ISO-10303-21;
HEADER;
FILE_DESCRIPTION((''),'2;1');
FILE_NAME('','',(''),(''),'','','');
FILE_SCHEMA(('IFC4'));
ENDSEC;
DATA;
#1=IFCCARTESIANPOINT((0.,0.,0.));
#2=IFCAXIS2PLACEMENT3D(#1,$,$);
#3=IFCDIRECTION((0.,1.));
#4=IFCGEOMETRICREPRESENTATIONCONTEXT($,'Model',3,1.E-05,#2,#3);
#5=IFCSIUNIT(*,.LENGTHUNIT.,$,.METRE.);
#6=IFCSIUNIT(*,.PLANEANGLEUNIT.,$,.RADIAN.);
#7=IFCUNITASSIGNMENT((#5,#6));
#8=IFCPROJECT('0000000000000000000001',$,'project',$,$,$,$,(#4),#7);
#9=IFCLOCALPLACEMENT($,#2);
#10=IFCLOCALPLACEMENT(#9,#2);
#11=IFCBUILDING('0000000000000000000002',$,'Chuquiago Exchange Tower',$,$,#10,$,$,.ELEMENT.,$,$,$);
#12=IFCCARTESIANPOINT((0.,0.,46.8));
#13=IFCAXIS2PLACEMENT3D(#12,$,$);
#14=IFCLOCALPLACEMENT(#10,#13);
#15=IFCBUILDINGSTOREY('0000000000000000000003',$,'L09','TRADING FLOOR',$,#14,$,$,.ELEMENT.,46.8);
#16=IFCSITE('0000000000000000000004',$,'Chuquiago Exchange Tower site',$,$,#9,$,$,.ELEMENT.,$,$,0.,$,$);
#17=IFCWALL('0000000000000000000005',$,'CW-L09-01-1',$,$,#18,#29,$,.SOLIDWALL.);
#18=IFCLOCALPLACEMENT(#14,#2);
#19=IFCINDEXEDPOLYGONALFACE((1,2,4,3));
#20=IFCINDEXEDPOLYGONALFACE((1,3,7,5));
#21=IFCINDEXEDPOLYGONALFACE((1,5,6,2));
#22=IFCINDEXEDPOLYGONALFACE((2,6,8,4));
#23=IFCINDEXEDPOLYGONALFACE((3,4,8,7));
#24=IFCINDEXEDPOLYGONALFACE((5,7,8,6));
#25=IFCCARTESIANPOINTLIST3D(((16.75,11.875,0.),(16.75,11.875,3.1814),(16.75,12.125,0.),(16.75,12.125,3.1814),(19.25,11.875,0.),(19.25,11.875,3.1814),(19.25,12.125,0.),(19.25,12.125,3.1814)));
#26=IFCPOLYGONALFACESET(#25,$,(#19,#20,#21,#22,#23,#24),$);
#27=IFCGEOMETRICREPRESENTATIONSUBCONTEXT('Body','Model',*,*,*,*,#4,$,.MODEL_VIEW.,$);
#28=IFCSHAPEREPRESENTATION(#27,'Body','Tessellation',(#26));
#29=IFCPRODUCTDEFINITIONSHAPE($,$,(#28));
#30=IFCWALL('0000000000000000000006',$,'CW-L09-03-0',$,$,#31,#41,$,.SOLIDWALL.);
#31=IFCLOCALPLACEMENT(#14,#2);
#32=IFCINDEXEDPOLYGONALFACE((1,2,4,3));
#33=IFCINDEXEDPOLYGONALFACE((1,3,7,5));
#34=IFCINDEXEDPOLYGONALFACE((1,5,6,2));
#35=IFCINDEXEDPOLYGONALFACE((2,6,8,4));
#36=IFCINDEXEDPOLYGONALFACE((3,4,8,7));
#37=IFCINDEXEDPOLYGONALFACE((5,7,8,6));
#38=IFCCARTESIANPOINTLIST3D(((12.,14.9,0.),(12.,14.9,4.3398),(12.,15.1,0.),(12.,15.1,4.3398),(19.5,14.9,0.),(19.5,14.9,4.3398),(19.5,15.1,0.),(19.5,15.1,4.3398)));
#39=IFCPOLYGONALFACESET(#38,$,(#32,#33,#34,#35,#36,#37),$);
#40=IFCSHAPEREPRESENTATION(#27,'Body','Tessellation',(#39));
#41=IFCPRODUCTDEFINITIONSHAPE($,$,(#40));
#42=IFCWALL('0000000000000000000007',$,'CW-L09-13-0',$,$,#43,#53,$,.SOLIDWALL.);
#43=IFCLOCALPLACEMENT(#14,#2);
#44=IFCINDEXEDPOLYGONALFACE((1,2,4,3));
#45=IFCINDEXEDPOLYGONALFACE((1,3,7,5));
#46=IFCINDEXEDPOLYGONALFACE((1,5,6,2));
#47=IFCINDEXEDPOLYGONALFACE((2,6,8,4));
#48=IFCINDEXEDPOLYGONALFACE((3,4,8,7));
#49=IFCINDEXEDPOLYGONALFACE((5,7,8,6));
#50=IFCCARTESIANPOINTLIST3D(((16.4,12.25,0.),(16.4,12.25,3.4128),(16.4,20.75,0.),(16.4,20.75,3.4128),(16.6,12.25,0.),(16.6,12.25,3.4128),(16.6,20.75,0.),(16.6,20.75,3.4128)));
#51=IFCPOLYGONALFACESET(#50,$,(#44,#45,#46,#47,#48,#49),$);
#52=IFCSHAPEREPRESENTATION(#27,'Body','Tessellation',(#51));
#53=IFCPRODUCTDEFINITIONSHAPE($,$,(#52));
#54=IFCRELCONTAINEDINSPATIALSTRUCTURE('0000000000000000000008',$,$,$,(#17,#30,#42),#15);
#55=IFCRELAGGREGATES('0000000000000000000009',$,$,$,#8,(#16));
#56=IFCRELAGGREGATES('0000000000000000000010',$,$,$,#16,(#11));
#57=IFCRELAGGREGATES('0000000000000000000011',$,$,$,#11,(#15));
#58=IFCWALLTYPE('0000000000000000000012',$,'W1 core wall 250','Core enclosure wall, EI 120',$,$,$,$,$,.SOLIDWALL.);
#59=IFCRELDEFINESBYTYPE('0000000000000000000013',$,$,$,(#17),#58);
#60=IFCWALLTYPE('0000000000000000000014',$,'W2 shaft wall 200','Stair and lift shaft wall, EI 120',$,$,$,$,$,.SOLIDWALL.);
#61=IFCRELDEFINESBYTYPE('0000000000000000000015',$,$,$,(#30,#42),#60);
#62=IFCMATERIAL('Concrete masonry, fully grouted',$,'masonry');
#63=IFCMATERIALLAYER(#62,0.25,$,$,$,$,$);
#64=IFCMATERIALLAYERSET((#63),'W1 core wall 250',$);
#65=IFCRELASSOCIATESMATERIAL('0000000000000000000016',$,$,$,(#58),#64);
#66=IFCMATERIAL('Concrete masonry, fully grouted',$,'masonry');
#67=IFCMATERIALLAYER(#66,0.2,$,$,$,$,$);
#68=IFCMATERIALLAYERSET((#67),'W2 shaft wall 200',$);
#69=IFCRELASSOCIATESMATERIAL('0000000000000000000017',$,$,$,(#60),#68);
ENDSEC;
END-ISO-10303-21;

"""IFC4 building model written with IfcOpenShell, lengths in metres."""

from ifc_helpers import new_model, si_unit, direction, frame, frame_2d, origin, place, context, subcontext, project, spatial, rectangle, extrude, material, layer, layer_set, type_object, element, save


model = new_model("IFC4")

# Units and contexts
model_context = context("Model", 3, precision=1e-05, world=origin(), true_north=direction((0.0, 1.0)))
body_context = subcontext(model_context, "Body", "Model", "MODEL_VIEW")
ifc_project = project(units=[si_unit("LENGTHUNIT", "METRE"), si_unit("PLANEANGLEUNIT", "RADIAN")], contexts=[model_context])

# Site, building, storey
site_placement = place(None, origin())
site = spatial("IfcSite", under=ifc_project, at=site_placement, Name="Chuquiago Exchange Tower site", CompositionType="ELEMENT", RefElevation=0.0)
building_placement = place(site_placement, origin())
building = spatial("IfcBuilding", under=site, at=building_placement, Name="Chuquiago Exchange Tower", CompositionType="ELEMENT")
storey_placement = place(building_placement, frame((0.0, 0.0, 46.8)))
storey = spatial("IfcBuildingStorey", under=building, at=storey_placement, Name="L09", Description="TRADING FLOOR", CompositionType="ELEMENT", Elevation=46.8)

# Shared definitions
ifc_material_1 = material(Name="Concrete masonry, fully grouted", Category="masonry")
ifc_layer_1 = layer(ifc_material_1, 0.25)
ifc_layer_set_1 = layer_set([ifc_layer_1], Name="W1 core wall 250")
wall_type_1 = type_object("IfcWallType", Name="W1 core wall 250", Description="Core enclosure wall, EI 120", PredefinedType="SOLIDWALL", material=ifc_layer_set_1)

# Walls
wall_1_placement = place(storey_placement, frame((16.75, 12.0, 0.0), z_axis=(0.0, 0.0, 1.0), x_axis=(1.0, 0.0, 0.0)))
element("IfcWall", 1, at=wall_1_placement, inside=storey, type_object=wall_type_1, Name="CW-L09-01-1", PredefinedType="SOLIDWALL", context=body_context, shape_type="SweptSolid", body=[
    extrude(rectangle(XDim=2.5, YDim=0.25, at=frame_2d((1.25, 0.0))), origin(), (0.0, 0.0, 1.0), 3.1814),
])
ifc_material_2 = material(Name="Concrete masonry, fully grouted", Category="masonry")
ifc_layer_2 = layer(ifc_material_2, 0.2)
ifc_layer_set_2 = layer_set([ifc_layer_2], Name="W2 shaft wall 200")
wall_type_2 = type_object("IfcWallType", Name="W2 shaft wall 200", Description="Stair and lift shaft wall, EI 120", PredefinedType="SOLIDWALL", material=ifc_layer_set_2)
wall_2_placement = place(storey_placement, frame((12.0, 15.0, 0.0), z_axis=(0.0, 0.0, 1.0), x_axis=(1.0, 0.0, 0.0)))
element("IfcWall", 2, at=wall_2_placement, inside=storey, type_object=wall_type_2, Name="CW-L09-03-0", PredefinedType="SOLIDWALL", context=body_context, shape_type="SweptSolid", body=[
    extrude(rectangle(XDim=7.5, YDim=0.2, at=frame_2d((3.75, 0.0))), origin(), (0.0, 0.0, 1.0), 4.3398),
])
wall_3_placement = place(storey_placement, frame((16.5, 12.25, 0.0), z_axis=(0.0, 0.0, 1.0), x_axis=(0.0, 1.0, 0.0)))
element("IfcWall", 3, at=wall_3_placement, inside=storey, type_object=wall_type_2, Name="CW-L09-13-0", PredefinedType="SOLIDWALL", context=body_context, shape_type="SweptSolid", body=[
    extrude(rectangle(XDim=8.5, YDim=0.2, at=frame_2d((4.25, 0.0))), origin(), (0.0, 0.0, 1.0), 3.4128),
])

save(model, "model.ifc")
